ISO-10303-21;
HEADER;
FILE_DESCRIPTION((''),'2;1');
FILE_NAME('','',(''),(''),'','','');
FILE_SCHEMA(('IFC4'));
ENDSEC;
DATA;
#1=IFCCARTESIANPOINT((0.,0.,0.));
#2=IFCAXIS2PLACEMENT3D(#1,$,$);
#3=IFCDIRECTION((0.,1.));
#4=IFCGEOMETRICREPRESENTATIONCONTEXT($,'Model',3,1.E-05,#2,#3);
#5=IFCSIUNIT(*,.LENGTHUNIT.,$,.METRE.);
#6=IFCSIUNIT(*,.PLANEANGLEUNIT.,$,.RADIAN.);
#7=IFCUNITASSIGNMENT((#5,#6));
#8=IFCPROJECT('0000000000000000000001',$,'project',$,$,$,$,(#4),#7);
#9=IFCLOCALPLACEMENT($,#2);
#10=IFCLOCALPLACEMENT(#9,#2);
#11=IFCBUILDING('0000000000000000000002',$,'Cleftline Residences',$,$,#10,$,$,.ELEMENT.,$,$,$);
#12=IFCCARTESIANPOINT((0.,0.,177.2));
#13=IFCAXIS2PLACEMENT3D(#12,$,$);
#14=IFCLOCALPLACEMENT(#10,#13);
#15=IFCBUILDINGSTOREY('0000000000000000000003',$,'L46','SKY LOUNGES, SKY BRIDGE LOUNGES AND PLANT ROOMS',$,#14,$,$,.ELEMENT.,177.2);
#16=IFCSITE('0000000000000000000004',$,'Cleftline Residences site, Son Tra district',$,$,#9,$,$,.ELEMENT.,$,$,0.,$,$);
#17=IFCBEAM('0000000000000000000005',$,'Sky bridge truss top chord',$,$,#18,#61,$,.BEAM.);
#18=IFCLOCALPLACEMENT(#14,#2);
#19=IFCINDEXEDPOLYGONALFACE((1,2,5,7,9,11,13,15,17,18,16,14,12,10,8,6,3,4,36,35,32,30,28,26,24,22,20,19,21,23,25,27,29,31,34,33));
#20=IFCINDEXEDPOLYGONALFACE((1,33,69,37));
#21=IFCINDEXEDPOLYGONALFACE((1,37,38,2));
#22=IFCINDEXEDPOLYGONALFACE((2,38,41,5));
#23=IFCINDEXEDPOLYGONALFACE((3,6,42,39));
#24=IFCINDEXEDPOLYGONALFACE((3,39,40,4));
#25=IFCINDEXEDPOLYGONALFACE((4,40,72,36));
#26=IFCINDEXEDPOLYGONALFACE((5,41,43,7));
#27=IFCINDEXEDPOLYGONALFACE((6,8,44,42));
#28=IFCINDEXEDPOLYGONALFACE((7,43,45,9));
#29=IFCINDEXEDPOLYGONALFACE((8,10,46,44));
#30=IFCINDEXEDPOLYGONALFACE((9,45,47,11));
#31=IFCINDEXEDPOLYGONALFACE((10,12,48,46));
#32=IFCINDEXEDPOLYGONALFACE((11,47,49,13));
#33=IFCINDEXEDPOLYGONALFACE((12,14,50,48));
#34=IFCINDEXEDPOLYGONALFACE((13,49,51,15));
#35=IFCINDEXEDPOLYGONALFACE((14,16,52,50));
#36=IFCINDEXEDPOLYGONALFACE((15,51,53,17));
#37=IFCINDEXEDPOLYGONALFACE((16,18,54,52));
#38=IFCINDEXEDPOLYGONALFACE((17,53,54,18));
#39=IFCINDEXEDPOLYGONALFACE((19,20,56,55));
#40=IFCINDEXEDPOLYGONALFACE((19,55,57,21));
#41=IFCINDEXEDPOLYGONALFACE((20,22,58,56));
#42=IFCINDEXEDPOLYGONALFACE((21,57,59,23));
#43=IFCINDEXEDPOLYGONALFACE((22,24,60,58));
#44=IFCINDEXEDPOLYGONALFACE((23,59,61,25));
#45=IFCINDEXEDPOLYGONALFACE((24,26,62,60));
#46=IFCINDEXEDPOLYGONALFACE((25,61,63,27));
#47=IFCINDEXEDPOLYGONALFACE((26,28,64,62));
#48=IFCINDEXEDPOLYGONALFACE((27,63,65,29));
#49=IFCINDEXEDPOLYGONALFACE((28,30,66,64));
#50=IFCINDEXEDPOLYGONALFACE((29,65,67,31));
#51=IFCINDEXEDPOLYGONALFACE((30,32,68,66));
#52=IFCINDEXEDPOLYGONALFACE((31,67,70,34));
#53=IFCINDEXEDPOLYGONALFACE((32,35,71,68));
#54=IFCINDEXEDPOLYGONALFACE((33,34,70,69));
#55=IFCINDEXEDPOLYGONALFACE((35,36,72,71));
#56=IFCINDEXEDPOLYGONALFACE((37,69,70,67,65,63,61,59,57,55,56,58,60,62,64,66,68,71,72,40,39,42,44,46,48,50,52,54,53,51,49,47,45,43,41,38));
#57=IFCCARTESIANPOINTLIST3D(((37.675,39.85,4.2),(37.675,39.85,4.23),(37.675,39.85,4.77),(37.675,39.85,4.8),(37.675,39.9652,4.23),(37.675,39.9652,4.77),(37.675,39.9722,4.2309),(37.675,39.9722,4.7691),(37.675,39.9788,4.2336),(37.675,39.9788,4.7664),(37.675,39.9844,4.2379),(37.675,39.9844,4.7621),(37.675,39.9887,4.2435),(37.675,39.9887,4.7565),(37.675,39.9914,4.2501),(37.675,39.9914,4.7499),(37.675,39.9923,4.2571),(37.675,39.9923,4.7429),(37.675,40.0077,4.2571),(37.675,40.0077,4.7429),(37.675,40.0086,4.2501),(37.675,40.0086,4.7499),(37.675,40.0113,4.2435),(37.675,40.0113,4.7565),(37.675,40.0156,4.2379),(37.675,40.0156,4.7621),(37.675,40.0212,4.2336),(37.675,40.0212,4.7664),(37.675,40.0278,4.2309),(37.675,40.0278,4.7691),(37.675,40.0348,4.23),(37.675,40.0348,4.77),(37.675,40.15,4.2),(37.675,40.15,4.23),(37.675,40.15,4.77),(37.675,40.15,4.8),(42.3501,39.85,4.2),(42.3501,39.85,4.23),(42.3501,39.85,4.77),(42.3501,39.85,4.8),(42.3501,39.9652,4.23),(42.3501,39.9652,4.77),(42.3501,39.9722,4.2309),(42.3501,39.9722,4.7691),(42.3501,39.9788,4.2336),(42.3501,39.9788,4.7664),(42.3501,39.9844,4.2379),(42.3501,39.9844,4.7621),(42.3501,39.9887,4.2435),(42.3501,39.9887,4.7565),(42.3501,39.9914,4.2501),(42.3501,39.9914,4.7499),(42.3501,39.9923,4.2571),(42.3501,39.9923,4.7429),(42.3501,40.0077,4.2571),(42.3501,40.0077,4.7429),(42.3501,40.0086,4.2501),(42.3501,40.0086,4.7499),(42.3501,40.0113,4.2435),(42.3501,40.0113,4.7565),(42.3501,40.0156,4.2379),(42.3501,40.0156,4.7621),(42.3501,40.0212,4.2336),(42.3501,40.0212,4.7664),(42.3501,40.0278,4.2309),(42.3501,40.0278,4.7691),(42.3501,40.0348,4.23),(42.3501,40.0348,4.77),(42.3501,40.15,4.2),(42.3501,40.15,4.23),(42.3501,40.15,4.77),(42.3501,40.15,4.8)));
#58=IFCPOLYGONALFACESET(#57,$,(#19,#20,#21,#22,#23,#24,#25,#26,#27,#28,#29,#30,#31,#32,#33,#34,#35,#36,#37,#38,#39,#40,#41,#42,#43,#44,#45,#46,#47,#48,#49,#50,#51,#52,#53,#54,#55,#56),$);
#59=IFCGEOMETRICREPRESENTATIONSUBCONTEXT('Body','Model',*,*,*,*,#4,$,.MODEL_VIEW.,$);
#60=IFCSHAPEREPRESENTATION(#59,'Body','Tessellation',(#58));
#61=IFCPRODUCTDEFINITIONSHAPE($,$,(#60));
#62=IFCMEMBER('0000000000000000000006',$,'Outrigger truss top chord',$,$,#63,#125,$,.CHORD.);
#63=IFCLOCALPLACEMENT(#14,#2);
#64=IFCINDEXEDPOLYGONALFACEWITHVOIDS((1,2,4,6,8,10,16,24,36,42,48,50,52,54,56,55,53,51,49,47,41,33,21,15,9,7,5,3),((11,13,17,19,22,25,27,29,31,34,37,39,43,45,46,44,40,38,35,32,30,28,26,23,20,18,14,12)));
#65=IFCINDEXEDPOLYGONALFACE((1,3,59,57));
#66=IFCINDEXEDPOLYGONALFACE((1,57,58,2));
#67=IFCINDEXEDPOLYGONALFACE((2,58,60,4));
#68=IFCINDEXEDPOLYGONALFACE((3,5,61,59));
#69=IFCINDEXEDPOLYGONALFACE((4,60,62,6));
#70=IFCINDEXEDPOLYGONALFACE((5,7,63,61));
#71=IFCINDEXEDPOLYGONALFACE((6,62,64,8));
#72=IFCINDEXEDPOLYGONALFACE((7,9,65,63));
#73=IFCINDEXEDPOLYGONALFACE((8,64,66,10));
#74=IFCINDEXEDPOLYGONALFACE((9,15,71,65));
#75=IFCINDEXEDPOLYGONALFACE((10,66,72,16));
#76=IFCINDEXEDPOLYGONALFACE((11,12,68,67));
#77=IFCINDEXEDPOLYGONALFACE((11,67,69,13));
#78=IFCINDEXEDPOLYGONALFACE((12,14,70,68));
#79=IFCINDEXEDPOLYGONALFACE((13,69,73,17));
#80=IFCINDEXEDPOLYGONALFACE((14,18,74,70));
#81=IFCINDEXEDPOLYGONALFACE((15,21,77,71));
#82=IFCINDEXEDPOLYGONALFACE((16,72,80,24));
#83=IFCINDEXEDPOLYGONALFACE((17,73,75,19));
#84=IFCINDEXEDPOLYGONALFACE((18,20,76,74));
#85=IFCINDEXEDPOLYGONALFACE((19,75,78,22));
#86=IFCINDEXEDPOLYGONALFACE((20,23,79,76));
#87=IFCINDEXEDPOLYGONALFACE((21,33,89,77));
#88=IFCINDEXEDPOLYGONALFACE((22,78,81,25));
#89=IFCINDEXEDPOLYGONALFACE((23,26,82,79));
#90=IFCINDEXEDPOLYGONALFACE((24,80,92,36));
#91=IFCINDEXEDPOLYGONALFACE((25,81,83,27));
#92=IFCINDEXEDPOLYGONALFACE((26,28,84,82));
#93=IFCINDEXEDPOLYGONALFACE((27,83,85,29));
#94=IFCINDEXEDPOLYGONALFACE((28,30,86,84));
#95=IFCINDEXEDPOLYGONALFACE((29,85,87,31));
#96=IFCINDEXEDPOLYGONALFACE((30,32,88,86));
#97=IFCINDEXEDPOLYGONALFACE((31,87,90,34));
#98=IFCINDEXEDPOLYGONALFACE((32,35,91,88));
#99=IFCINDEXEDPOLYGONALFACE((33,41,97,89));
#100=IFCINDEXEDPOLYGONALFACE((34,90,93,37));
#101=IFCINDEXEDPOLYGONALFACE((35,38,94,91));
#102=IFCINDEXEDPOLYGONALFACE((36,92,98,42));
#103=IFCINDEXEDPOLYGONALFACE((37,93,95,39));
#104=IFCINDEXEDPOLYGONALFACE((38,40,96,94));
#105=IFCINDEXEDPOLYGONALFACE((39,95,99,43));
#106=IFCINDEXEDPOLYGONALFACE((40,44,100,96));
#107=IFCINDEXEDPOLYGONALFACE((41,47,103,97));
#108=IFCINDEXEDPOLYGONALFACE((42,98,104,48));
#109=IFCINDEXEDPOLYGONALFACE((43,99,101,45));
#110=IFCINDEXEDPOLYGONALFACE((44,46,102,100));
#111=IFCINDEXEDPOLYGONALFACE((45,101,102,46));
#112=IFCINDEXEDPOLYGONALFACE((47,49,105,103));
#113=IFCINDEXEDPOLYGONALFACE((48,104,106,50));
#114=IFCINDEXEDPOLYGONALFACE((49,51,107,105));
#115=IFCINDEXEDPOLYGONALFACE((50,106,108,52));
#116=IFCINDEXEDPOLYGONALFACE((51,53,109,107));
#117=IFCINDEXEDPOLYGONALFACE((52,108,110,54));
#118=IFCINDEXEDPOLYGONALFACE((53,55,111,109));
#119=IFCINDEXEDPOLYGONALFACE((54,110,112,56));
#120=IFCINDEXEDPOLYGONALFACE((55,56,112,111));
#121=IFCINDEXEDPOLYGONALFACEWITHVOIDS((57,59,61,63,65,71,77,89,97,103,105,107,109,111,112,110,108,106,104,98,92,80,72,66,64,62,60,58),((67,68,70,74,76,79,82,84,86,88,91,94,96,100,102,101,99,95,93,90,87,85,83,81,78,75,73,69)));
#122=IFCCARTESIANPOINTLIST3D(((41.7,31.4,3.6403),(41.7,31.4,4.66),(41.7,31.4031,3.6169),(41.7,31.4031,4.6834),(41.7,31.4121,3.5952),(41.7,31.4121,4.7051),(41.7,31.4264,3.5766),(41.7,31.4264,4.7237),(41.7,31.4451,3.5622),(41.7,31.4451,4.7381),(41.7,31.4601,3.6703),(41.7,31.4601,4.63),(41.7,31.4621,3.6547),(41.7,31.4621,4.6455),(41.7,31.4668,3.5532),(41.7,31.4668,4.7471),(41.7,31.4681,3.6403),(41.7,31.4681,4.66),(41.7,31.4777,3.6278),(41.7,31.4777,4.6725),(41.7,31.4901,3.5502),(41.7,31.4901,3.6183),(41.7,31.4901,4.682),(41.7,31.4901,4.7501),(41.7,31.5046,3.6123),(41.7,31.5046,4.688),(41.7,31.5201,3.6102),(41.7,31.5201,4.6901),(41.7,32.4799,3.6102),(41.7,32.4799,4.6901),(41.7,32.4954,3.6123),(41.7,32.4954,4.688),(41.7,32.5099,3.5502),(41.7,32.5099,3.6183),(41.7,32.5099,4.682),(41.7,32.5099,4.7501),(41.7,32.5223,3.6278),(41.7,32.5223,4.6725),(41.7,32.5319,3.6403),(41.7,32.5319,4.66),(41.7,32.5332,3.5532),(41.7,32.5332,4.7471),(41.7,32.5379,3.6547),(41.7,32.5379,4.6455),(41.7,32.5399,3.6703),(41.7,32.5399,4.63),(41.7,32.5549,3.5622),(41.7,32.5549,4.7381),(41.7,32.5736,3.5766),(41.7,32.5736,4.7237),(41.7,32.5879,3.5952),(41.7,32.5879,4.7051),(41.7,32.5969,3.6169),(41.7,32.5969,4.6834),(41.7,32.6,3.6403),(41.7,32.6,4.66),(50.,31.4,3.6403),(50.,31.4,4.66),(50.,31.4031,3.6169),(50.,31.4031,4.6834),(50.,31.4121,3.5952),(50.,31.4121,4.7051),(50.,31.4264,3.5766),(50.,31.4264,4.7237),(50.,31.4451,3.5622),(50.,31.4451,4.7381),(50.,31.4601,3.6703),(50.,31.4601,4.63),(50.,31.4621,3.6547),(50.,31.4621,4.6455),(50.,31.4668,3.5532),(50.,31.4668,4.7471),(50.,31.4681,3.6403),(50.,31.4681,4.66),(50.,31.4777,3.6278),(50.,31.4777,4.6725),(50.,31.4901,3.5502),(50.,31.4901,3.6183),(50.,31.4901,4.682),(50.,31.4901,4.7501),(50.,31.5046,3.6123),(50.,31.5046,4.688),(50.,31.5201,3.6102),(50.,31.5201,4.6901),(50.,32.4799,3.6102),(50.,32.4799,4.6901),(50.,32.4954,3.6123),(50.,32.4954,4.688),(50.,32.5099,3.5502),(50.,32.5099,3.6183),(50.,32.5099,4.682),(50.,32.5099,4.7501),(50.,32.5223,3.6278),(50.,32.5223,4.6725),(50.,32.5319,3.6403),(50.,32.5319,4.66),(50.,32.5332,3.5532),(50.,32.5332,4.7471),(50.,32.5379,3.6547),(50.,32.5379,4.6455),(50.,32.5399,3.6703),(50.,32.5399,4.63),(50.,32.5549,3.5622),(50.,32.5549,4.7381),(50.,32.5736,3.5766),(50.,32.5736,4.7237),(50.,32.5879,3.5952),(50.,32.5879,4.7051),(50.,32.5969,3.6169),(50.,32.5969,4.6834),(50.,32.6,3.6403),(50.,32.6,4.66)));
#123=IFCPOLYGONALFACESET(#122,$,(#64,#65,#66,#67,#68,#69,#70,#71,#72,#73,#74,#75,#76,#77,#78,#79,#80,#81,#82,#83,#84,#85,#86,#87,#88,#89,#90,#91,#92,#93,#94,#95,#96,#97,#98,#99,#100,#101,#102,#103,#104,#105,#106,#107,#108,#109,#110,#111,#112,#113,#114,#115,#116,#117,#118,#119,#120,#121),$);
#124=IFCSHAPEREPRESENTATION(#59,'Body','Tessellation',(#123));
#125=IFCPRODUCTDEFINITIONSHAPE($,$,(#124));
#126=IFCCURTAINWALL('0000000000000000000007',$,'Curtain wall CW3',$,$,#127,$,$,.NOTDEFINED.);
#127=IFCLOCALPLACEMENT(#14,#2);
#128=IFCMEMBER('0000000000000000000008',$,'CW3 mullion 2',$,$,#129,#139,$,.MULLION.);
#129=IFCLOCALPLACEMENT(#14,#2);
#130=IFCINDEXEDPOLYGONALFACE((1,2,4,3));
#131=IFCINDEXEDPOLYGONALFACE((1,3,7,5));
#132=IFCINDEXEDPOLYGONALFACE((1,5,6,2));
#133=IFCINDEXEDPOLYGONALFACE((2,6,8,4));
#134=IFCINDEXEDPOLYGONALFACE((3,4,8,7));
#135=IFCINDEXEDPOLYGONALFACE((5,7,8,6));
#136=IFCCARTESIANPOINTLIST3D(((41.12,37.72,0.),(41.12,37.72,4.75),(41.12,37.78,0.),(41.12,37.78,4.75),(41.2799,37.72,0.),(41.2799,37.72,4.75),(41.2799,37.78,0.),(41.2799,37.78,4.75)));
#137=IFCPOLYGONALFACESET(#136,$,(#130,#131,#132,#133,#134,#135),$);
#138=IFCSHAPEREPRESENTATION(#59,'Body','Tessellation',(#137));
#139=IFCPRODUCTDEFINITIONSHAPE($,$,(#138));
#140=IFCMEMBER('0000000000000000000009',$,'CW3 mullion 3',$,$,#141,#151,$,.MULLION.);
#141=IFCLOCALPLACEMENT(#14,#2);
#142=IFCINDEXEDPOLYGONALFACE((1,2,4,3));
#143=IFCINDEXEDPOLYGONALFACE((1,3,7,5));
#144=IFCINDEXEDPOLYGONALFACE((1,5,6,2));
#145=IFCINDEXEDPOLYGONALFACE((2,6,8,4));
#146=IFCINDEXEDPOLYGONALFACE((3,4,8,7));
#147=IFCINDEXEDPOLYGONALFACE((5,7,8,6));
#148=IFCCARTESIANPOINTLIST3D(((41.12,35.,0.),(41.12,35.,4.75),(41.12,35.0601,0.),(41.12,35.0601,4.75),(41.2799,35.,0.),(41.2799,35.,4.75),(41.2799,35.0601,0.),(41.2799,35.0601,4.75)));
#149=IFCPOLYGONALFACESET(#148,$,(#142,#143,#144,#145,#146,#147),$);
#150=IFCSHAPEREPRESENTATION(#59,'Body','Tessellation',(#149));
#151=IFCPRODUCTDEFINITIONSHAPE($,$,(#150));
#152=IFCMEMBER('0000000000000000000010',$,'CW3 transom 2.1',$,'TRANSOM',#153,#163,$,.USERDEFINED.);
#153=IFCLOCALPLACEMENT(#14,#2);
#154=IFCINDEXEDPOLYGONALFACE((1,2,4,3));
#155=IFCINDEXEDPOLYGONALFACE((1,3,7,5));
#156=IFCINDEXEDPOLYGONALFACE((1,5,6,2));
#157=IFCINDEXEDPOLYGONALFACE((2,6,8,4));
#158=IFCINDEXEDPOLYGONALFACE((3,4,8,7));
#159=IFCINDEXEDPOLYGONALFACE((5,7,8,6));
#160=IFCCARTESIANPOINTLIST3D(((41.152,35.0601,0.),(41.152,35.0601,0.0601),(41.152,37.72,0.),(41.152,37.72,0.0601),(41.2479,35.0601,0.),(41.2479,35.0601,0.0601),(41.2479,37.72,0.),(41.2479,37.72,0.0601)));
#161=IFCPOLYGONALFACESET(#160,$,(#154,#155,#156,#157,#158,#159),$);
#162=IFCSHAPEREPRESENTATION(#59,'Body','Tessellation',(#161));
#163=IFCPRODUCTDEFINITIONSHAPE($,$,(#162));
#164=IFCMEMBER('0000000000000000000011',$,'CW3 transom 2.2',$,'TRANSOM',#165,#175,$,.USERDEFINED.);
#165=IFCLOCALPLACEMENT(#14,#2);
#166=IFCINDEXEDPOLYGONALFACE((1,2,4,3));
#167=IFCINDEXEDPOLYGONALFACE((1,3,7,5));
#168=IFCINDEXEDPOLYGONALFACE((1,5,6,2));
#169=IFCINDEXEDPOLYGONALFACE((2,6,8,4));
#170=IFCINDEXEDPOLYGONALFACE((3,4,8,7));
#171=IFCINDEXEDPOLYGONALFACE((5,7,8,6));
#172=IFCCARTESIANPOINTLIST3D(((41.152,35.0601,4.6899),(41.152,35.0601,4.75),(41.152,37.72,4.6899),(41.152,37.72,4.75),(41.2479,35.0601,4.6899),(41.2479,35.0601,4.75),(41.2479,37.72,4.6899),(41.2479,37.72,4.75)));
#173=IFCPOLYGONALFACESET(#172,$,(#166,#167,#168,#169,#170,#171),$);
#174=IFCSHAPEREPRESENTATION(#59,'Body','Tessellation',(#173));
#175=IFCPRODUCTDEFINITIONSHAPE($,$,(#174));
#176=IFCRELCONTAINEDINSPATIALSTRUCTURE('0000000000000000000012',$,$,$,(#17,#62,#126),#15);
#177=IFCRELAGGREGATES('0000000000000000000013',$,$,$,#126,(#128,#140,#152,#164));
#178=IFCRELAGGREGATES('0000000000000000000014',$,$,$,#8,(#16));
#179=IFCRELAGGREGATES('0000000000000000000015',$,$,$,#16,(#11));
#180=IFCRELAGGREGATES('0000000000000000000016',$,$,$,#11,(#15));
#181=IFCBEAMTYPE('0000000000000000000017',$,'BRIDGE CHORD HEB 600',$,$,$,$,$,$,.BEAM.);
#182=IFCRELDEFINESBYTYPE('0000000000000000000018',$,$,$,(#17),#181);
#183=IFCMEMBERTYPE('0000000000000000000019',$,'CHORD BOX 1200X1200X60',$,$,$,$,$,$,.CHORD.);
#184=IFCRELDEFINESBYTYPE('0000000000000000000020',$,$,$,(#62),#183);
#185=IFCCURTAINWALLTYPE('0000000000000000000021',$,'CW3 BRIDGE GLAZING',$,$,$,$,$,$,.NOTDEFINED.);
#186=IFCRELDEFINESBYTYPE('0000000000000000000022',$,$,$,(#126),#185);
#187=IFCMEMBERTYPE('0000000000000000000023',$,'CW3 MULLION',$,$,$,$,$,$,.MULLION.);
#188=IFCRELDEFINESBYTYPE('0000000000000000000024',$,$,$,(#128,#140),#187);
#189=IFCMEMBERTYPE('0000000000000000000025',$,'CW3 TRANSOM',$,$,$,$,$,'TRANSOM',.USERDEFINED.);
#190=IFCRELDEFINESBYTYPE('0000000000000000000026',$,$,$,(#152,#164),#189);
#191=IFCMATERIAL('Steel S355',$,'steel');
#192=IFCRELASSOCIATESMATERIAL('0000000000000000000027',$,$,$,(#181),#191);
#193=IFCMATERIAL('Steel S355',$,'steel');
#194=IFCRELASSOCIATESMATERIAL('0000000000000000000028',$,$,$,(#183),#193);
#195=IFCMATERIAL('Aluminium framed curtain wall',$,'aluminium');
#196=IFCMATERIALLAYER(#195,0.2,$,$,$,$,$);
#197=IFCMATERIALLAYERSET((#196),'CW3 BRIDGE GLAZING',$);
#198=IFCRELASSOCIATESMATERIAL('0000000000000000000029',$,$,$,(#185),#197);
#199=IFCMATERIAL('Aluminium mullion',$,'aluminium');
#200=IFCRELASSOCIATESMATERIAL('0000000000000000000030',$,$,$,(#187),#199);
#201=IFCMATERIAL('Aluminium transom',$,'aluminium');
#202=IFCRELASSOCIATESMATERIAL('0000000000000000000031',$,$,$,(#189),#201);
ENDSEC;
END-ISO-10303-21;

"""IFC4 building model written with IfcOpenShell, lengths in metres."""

from ifc_helpers import new_model, si_unit, direction, frame, origin, origin_2d, place, context, subcontext, project, spatial, rectangle, hollow_rectangle, i_section, extrude, material, layer, layer_set, material_profile, profile_set, type_object, element, aggregate, save


model = new_model("IFC4")

# Units and contexts
model_context = context("Model", 3, precision=1e-05, world=origin(), true_north=direction((0.0, 1.0)))
body_context = subcontext(model_context, "Body", "Model", "MODEL_VIEW")
ifc_project = project(units=[si_unit("LENGTHUNIT", "METRE"), si_unit("PLANEANGLEUNIT", "RADIAN")], contexts=[model_context])

# Site, building, storey
site_placement = place(None, origin())
site = spatial("IfcSite", under=ifc_project, at=site_placement, Name="Cleftline Residences site, Son Tra district", CompositionType="ELEMENT", RefElevation=0.0)
building_placement = place(site_placement, origin())
building = spatial("IfcBuilding", under=site, at=building_placement, Name="Cleftline Residences", CompositionType="ELEMENT")
storey_placement = place(building_placement, frame((0.0, 0.0, 177.2)))
storey = spatial("IfcBuildingStorey", under=building, at=storey_placement, Name="L46", Description="SKY LOUNGES, SKY BRIDGE LOUNGES AND PLANT ROOMS", CompositionType="ELEMENT", Elevation=177.2)

# Beam
ifc_material_1 = material(Name="Steel S355", Category="steel")
ifc_material_profile_1 = material_profile(ifc_material_1, i_section(OverallWidth=0.3, OverallDepth=0.6001, WebThickness=0.0154, FlangeThickness=0.03, FilletRadius=0.0271, at=origin_2d()))
ifc_profile_set_1 = profile_set([ifc_material_profile_1], Name="Steel S355")
beam_type_1 = type_object("IfcBeamType", Name="BRIDGE CHORD HEB 600", PredefinedType="BEAM", material=ifc_profile_set_1)
for number, where, z_axis, x_axis, name in (
    (1, (37.675, 40.0, 4.5), (1.0, 0.0, 0.0), (0.0, 1.0, 0.0), "Sky bridge truss top chord"),
):
    element("IfcBeam", number, at=place(storey_placement, frame(where, z_axis=z_axis, x_axis=x_axis)), inside=storey, type_object=beam_type_1, Name=name, PredefinedType="BEAM", context=body_context, shape_type="SweptSolid", body=[
        extrude(i_section(OverallWidth=0.3, OverallDepth=0.6001, WebThickness=0.0154, FlangeThickness=0.03, FilletRadius=0.0271, at=origin_2d()), origin(), (0.0, 0.0, 1.0), 4.675),
    ])

# Member
ifc_material_2 = material(Name="Steel S355", Category="steel")
ifc_material_profile_2 = material_profile(ifc_material_2, hollow_rectangle(XDim=1.2, YDim=1.2, WallThickness=0.0601, InnerFilletRadius=0.0601, OuterFilletRadius=0.0901, at=origin_2d()))
ifc_profile_set_2 = profile_set([ifc_material_profile_2], Name="Steel S355")
member_type_1 = type_object("IfcMemberType", Name="CHORD BOX 1200X1200X60", PredefinedType="CHORD", material=ifc_profile_set_2)
member_1_placement = place(storey_placement, frame((41.7, 32.0, 4.1501), z_axis=(1.0, 0.0, 0.0), x_axis=(0.0, 1.0, 0.0)))
element("IfcMember", 2, at=member_1_placement, inside=storey, type_object=member_type_1, Name="Outrigger truss top chord", PredefinedType="CHORD", context=body_context, shape_type="SweptSolid", body=[
    extrude(hollow_rectangle(XDim=1.2, YDim=1.2, WallThickness=0.0601, InnerFilletRadius=0.0601, OuterFilletRadius=0.0901, at=origin_2d()), origin(), (0.0, 0.0, 1.0), 8.3),
])

# Curtain wall, members
ifc_material_3 = material(Name="Aluminium framed curtain wall", Category="aluminium")
ifc_layer_1 = layer(ifc_material_3, 0.2)
ifc_layer_set_1 = layer_set([ifc_layer_1], Name="CW3 BRIDGE GLAZING")
curtain_wall_type = type_object("IfcCurtainWallType", Name="CW3 BRIDGE GLAZING", PredefinedType="NOTDEFINED", material=ifc_layer_set_1)
curtain_wall_placement = place(storey_placement, origin())
curtain_wall = element("IfcCurtainWall", 3, at=curtain_wall_placement, inside=storey, type_object=curtain_wall_type, Name="Curtain wall CW3", PredefinedType="NOTDEFINED")
ifc_material_4 = material(Name="Aluminium mullion", Category="aluminium")
ifc_material_profile_3 = material_profile(ifc_material_4, rectangle(XDim=0.1599, YDim=0.0601, at=origin_2d()))
ifc_profile_set_3 = profile_set([ifc_material_profile_3], Name="Aluminium mullion")
member_type_2 = type_object("IfcMemberType", Name="CW3 MULLION", PredefinedType="MULLION", material=ifc_profile_set_3)
member_2_placement = place(storey_placement, frame((41.2, 37.75, 0.0), z_axis=(0.0, 0.0, 1.0), x_axis=(1.0, 0.0, 0.0)))
member_2 = element("IfcMember", 4, at=member_2_placement, type_object=member_type_2, Name="CW3 mullion 2", PredefinedType="MULLION", context=body_context, shape_type="SweptSolid", body=[
    extrude(rectangle(XDim=0.1599, YDim=0.0601, at=origin_2d()), origin(), (0.0, 0.0, 1.0), 4.75),
])
member_3_placement = place(storey_placement, frame((41.2, 35.03, 0.0), z_axis=(0.0, 0.0, 1.0), x_axis=(1.0, 0.0, 0.0)))
member_3 = element("IfcMember", 5, at=member_3_placement, type_object=member_type_2, Name="CW3 mullion 3", PredefinedType="MULLION", context=body_context, shape_type="SweptSolid", body=[
    extrude(rectangle(XDim=0.1599, YDim=0.0601, at=origin_2d()), origin(), (0.0, 0.0, 1.0), 4.75),
])
ifc_material_5 = material(Name="Aluminium transom", Category="aluminium")
ifc_material_profile_4 = material_profile(ifc_material_5, rectangle(XDim=0.0959, YDim=0.0601, at=origin_2d()))
ifc_profile_set_4 = profile_set([ifc_material_profile_4], Name="Aluminium transom")
member_type_3 = type_object("IfcMemberType", Name="CW3 TRANSOM", ElementType="TRANSOM", PredefinedType="USERDEFINED", material=ifc_profile_set_4)
member_4_placement = place(storey_placement, frame((41.2, 37.72, 0.03), z_axis=(0.0, -1.0, 0.0), x_axis=(1.0, 0.0, 0.0)))
member_4 = element("IfcMember", 6, at=member_4_placement, type_object=member_type_3, Name="CW3 transom 2.1", ObjectType="TRANSOM", PredefinedType="USERDEFINED", context=body_context, shape_type="SweptSolid", body=[
    extrude(rectangle(XDim=0.0959, YDim=0.0601, at=origin_2d()), origin(), (0.0, 0.0, 1.0), 2.6599),
])
member_5_placement = place(storey_placement, frame((41.2, 37.72, 4.72), z_axis=(0.0, -1.0, 0.0), x_axis=(1.0, 0.0, 0.0)))
member_5 = element("IfcMember", 7, at=member_5_placement, type_object=member_type_3, Name="CW3 transom 2.2", ObjectType="TRANSOM", PredefinedType="USERDEFINED", context=body_context, shape_type="SweptSolid", body=[
    extrude(rectangle(XDim=0.0959, YDim=0.0601, at=origin_2d()), origin(), (0.0, 0.0, 1.0), 2.6599),
])

aggregate(curtain_wall, [member_2, member_3, member_4, member_5])

save(model, "model.ifc")
